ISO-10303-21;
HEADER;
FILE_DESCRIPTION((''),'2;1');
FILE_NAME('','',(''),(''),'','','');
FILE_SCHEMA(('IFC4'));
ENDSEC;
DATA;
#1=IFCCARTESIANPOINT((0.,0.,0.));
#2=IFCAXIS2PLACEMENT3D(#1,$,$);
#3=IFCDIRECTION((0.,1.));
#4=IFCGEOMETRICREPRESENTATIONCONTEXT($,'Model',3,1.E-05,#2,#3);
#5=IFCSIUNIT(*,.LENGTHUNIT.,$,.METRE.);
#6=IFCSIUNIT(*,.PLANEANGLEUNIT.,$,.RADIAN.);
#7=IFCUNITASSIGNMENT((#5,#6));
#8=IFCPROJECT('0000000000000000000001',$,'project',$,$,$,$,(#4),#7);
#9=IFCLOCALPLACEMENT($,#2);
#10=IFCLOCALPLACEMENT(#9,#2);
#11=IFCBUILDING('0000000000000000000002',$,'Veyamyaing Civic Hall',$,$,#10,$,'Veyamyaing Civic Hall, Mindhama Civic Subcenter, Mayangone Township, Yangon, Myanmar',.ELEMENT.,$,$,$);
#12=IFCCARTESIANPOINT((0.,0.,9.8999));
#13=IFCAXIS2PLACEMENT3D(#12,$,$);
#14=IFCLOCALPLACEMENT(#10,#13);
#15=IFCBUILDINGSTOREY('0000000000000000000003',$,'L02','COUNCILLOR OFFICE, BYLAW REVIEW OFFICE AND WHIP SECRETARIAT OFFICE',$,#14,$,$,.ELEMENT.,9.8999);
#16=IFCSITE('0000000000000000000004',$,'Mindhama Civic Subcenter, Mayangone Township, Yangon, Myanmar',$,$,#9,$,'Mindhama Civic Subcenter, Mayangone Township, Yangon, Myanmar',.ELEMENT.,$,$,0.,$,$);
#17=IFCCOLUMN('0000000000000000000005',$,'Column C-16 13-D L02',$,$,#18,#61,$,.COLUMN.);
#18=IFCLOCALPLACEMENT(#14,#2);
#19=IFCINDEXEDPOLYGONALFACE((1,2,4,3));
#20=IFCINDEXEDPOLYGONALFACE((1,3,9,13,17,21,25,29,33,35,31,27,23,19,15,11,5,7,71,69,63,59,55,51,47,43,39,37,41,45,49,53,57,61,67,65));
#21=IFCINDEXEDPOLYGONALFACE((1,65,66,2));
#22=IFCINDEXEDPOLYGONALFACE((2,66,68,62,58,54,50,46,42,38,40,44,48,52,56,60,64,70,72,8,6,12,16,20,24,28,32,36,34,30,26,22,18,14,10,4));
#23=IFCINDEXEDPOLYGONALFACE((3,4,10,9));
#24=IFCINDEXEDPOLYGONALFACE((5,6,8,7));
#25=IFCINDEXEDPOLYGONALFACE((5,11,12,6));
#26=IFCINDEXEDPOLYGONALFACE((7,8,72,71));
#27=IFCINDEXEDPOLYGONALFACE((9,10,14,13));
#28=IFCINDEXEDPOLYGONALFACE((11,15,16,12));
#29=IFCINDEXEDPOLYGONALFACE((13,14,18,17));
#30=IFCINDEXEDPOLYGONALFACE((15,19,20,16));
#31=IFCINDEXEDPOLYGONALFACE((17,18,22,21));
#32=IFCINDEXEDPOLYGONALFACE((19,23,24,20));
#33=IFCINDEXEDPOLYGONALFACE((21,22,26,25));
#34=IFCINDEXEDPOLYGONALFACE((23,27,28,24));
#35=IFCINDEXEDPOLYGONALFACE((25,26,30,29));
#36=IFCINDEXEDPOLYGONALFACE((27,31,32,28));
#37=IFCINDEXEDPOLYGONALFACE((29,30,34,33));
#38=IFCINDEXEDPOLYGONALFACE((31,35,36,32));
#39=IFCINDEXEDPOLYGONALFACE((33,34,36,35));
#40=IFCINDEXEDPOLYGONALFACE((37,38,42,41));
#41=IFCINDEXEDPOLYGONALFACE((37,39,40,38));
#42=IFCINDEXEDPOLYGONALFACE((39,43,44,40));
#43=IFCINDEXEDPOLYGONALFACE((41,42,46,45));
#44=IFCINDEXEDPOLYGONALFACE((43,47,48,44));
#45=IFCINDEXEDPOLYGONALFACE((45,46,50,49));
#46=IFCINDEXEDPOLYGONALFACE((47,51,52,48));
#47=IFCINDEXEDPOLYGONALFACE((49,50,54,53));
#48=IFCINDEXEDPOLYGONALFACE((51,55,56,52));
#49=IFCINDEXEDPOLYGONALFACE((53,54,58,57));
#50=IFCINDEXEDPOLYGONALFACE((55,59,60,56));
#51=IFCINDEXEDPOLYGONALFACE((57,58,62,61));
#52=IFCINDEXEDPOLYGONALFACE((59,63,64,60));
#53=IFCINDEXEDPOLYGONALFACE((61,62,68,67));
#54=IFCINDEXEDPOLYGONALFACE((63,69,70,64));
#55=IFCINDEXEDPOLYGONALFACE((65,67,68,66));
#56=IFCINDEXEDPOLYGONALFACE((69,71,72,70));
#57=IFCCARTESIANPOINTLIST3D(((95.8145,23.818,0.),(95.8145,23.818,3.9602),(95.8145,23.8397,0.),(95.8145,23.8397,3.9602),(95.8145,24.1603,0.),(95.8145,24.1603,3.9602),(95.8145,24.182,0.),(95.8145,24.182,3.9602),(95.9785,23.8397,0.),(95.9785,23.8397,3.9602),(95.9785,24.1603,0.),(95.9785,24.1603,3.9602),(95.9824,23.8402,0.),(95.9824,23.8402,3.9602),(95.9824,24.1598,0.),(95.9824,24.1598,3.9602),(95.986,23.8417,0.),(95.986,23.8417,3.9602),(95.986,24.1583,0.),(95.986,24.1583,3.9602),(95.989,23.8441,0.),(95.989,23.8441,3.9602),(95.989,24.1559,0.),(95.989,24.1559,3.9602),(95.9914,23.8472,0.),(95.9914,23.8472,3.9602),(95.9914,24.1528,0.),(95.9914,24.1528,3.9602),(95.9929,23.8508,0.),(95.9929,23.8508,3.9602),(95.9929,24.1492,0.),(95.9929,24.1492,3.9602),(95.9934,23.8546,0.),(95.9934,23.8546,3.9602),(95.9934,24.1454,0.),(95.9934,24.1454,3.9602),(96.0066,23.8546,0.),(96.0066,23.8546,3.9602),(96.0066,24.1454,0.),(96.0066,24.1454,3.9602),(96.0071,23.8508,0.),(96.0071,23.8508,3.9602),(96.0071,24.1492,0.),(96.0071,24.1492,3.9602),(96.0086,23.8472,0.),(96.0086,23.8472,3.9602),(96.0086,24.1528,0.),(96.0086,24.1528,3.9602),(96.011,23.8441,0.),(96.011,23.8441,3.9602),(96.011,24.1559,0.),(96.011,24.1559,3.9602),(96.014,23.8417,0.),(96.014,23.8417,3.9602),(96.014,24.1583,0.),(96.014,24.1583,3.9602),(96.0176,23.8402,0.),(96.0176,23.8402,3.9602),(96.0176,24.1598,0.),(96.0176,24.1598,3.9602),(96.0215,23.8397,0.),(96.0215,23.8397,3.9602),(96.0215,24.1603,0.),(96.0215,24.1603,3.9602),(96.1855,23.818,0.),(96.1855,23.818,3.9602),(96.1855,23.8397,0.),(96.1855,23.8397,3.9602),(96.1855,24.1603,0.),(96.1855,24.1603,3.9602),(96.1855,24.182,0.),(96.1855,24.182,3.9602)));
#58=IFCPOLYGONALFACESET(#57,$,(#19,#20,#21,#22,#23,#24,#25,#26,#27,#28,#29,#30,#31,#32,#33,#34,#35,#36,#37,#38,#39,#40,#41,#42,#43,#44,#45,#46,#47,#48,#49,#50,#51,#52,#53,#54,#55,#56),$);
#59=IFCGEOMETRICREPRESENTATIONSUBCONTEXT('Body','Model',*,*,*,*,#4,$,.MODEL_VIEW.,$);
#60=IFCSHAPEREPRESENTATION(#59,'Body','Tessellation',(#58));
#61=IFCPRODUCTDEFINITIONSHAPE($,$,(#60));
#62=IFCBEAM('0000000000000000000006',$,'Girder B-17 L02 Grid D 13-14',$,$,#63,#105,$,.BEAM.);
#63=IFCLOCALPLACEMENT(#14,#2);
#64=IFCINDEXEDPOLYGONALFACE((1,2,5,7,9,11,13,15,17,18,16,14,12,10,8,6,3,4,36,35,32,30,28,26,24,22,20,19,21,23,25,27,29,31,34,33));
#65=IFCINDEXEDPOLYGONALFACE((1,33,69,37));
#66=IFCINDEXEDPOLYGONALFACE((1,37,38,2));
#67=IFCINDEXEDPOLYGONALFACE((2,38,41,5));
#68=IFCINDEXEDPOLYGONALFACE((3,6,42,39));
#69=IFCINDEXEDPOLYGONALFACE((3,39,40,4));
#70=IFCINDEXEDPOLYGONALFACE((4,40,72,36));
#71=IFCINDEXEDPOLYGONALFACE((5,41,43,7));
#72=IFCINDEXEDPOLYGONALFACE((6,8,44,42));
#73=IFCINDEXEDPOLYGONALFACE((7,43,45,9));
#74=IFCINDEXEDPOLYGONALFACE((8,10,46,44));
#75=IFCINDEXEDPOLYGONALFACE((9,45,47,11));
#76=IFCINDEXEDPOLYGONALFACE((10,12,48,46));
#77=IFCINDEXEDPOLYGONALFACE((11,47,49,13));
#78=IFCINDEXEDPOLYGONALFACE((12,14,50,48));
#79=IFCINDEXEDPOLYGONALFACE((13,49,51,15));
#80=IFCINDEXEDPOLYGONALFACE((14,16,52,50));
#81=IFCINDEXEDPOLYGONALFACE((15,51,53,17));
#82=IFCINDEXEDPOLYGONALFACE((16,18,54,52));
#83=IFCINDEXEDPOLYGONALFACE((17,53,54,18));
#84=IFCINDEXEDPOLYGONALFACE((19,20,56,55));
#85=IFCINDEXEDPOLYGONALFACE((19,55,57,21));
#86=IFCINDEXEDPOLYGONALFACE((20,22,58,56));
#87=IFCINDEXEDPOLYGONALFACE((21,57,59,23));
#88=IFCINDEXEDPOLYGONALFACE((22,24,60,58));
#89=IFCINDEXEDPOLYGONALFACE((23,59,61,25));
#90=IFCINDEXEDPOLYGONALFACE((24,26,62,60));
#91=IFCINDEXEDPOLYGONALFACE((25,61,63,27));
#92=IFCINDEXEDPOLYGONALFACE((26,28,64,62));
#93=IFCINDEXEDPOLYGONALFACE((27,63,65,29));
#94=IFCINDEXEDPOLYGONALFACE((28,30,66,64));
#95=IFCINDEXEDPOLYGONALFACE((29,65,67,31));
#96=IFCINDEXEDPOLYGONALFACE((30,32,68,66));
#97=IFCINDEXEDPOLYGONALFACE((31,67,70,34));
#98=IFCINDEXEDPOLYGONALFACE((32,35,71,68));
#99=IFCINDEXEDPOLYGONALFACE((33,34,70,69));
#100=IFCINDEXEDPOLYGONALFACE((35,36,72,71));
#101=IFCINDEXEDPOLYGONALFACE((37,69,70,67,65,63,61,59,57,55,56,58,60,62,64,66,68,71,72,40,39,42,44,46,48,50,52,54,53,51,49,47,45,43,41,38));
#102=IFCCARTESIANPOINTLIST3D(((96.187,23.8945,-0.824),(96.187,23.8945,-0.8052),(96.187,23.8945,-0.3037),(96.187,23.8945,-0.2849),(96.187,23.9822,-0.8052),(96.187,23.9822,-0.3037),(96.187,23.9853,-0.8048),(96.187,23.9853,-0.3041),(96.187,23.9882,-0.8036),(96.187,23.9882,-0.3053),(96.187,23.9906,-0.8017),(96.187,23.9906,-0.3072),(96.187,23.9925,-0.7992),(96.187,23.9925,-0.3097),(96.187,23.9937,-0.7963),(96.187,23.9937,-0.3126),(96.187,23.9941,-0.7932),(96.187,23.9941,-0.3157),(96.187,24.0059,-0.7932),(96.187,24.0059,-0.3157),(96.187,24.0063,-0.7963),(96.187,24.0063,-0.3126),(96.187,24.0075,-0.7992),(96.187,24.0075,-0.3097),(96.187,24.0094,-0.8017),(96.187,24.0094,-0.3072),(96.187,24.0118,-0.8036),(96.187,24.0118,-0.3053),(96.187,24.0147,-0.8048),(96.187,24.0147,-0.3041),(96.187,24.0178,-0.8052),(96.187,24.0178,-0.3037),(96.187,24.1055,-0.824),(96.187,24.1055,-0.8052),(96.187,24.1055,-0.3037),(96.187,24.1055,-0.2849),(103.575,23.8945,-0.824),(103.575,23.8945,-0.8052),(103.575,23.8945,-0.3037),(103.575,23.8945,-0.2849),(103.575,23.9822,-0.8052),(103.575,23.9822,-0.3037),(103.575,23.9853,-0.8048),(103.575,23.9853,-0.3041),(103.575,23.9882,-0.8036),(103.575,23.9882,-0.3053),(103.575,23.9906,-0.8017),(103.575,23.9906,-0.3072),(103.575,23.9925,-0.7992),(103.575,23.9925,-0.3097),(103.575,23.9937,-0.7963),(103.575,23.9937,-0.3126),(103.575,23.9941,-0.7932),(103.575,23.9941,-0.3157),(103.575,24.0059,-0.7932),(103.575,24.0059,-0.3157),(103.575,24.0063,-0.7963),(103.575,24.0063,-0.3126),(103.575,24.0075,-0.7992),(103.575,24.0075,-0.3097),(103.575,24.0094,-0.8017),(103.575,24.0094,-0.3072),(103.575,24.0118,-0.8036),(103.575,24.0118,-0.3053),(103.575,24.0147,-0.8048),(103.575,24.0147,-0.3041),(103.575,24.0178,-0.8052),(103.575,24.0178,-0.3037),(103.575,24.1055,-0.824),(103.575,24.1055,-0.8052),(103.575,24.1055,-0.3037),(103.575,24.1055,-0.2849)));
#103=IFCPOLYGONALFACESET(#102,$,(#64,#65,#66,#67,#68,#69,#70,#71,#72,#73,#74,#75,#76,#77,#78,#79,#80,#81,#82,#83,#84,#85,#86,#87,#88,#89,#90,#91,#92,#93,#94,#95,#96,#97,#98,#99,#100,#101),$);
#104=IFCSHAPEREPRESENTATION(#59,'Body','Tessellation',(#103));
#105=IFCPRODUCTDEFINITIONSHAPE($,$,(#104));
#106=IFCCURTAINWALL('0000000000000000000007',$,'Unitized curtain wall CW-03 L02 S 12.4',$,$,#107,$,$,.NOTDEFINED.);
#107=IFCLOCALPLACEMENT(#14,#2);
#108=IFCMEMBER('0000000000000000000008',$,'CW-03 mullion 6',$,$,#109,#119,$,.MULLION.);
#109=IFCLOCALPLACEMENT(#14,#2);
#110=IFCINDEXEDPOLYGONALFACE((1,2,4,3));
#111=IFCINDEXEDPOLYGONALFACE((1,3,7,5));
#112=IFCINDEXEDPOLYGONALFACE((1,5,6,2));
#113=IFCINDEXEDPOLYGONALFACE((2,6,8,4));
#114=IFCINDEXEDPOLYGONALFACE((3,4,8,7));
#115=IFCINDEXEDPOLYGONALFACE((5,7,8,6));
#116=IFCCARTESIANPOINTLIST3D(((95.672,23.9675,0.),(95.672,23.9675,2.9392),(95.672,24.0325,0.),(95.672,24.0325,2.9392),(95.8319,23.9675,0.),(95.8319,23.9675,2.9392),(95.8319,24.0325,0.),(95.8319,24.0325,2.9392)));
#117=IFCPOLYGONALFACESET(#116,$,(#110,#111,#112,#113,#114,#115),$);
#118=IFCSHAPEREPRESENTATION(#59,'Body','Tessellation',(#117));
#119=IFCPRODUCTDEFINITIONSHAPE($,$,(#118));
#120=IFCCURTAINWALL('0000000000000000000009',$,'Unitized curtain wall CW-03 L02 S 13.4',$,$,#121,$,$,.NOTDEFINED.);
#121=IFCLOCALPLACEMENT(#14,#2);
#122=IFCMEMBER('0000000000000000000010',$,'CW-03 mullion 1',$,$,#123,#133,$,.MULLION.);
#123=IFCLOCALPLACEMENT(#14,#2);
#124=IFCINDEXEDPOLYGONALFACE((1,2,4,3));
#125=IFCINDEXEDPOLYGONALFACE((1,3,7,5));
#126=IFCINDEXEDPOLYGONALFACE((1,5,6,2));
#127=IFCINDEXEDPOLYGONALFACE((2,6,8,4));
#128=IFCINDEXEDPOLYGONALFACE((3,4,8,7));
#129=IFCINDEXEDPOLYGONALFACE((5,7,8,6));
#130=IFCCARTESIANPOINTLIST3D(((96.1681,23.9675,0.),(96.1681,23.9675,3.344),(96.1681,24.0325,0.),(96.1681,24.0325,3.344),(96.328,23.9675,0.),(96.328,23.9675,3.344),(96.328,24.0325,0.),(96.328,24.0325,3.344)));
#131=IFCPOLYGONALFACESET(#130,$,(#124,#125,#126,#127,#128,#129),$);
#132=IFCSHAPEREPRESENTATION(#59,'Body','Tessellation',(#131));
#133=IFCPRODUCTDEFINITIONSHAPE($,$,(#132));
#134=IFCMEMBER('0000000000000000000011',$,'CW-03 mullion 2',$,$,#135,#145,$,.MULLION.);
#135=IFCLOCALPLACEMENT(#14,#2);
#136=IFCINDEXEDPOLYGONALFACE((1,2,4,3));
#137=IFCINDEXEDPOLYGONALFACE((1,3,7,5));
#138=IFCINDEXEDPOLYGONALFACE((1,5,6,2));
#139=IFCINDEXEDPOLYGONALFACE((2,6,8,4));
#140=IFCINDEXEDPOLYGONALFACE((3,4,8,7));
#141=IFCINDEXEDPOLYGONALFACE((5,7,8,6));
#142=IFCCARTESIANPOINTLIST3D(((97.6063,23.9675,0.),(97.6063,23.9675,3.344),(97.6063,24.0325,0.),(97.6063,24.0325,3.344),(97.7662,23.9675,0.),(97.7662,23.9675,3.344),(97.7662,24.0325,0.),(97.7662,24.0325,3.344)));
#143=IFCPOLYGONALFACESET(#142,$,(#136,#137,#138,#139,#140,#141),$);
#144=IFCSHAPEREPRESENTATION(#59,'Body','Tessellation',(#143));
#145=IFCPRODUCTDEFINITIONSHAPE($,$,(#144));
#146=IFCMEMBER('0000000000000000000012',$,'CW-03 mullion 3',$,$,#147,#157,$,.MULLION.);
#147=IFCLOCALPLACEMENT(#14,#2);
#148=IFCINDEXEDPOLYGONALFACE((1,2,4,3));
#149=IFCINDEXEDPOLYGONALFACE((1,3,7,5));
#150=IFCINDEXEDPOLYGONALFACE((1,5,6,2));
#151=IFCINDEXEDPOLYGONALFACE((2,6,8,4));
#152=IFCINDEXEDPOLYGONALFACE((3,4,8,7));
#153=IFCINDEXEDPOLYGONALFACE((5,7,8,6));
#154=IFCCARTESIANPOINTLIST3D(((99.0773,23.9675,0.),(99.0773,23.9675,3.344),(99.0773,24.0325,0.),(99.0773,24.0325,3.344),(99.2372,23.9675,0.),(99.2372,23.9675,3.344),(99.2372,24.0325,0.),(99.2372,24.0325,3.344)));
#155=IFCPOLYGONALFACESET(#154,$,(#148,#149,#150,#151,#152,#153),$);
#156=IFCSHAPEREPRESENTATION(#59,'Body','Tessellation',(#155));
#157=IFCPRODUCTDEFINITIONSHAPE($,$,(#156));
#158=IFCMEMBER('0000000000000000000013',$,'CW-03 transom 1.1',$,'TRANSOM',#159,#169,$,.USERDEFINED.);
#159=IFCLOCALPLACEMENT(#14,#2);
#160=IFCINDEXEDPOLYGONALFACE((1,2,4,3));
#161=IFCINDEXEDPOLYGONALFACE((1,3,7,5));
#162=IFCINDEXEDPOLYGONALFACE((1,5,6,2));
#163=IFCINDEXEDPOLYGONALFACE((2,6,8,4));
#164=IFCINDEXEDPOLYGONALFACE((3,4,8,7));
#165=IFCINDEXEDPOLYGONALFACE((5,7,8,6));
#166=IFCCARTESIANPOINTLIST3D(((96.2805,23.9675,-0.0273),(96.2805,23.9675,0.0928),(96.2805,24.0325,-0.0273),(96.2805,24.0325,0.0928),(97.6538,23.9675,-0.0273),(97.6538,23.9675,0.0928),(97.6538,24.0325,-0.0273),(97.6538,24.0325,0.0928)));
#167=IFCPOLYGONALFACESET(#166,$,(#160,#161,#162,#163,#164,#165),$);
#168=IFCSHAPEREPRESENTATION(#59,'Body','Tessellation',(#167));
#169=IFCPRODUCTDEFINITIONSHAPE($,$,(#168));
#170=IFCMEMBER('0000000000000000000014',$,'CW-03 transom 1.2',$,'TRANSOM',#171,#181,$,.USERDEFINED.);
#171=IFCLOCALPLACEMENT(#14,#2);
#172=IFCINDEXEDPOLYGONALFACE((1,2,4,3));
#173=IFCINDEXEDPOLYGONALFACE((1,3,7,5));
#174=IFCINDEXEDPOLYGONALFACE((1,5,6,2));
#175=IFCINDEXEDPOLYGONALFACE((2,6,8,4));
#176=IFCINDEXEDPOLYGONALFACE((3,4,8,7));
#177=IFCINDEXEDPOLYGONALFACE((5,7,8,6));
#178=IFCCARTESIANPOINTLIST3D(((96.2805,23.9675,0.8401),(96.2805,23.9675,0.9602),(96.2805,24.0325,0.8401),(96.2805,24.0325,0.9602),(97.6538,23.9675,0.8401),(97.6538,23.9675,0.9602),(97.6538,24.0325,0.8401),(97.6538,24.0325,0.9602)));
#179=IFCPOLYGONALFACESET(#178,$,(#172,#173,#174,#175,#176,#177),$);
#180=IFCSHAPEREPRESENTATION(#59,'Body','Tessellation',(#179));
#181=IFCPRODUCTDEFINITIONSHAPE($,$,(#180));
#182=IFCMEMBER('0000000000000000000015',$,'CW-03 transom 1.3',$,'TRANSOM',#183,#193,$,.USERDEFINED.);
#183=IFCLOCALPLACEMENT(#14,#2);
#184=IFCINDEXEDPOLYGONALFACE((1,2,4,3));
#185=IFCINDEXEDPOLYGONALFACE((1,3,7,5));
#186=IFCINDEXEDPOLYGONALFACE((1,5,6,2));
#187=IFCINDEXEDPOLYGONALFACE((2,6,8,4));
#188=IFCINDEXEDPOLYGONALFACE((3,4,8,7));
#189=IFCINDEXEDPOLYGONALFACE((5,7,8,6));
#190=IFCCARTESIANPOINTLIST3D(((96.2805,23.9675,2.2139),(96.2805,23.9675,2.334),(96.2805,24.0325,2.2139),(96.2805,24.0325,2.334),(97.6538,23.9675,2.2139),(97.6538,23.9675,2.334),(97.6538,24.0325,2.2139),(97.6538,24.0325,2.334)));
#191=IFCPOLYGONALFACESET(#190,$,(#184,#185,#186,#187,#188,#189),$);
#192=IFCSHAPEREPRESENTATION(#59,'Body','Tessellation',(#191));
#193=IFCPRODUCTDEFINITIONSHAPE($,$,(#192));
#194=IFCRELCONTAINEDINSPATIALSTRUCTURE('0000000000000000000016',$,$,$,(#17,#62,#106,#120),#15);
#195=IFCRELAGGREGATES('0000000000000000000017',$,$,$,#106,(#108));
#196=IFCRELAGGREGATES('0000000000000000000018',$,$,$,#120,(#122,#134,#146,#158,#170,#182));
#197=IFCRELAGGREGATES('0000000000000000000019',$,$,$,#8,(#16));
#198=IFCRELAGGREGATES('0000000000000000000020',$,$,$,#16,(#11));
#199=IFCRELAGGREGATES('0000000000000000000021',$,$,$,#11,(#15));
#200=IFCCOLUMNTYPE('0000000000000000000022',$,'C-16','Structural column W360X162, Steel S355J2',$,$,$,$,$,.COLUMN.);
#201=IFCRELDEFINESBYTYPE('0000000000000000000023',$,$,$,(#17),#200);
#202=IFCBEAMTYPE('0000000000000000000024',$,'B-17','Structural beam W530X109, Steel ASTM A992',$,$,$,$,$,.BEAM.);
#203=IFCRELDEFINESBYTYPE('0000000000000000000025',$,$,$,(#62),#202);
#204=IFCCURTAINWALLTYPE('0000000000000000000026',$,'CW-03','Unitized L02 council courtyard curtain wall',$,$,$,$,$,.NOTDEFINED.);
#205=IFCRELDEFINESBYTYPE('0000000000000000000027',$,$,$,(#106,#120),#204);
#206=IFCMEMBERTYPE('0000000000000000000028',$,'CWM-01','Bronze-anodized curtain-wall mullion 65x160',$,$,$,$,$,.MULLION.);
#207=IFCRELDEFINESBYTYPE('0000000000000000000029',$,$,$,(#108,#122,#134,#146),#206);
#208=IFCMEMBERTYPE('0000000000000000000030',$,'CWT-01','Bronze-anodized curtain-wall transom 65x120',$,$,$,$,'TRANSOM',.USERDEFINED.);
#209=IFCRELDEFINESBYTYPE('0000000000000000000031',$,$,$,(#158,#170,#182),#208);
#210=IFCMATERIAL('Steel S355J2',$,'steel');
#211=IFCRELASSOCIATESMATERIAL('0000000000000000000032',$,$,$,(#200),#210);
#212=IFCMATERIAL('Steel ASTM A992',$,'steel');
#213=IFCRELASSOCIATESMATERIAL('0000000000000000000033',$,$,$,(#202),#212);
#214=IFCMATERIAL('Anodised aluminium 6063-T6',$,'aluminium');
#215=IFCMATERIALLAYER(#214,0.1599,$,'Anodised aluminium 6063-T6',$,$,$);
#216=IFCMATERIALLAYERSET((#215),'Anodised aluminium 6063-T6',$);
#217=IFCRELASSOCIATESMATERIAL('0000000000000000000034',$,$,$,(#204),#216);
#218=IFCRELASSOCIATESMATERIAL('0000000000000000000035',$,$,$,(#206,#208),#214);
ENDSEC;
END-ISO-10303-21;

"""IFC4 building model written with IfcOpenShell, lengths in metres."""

from ifc_helpers import new_model, si_unit, direction, frame, origin, origin_2d, place, context, subcontext, project, spatial, rectangle, i_section, extrude, material, layer, layer_set, material_profile, profile_set, type_object, element, aggregate, save


model = new_model("IFC4")

# Units and contexts
model_context = context("Model", 3, precision=1e-05, world=origin(), true_north=direction((0.0, 1.0)))
body_context = subcontext(model_context, "Body", "Model", "MODEL_VIEW")
ifc_project = project(units=[si_unit("LENGTHUNIT", "METRE"), si_unit("PLANEANGLEUNIT", "RADIAN")], contexts=[model_context])

# Site, building, storey
site_placement = place(None, origin())
site = spatial("IfcSite", under=ifc_project, at=site_placement, Name="Mindhama Civic Subcenter, Mayangone Township, Yangon, Myanmar", LongName="Mindhama Civic Subcenter, Mayangone Township, Yangon, Myanmar", CompositionType="ELEMENT", RefElevation=0.0)
building_placement = place(site_placement, origin())
building = spatial("IfcBuilding", under=site, at=building_placement, Name="Veyamyaing Civic Hall", LongName="Veyamyaing Civic Hall, Mindhama Civic Subcenter, Mayangone Township, Yangon, Myanmar", CompositionType="ELEMENT")
storey_placement = place(building_placement, frame((0.0, 0.0, 9.8999)))
storey = spatial("IfcBuildingStorey", under=building, at=storey_placement, Name="L02", Description="COUNCILLOR OFFICE, BYLAW REVIEW OFFICE AND WHIP SECRETARIAT OFFICE", CompositionType="ELEMENT", Elevation=9.8999)

# Column
ifc_material_1 = material(Name="Steel S355J2", Category="steel")
ifc_material_profile_1 = material_profile(ifc_material_1, i_section(OverallWidth=0.3711, OverallDepth=0.364, WebThickness=0.0132, FlangeThickness=0.0217, FilletRadius=0.0149, at=origin_2d()), Name="W360X162")
ifc_profile_set_1 = profile_set([ifc_material_profile_1], Name="Steel S355J2")
column_type = type_object("IfcColumnType", Name="C-16", Description="Structural column W360X162, Steel S355J2", PredefinedType="COLUMN", material=ifc_profile_set_1)
column_placement = place(storey_placement, frame((96.0, 24.0, 0.0), z_axis=(0.0, 0.0, 1.0), x_axis=(1.0, 0.0, 0.0)))
element("IfcColumn", 1, at=column_placement, inside=storey, type_object=column_type, Name="Column C-16 13-D L02", PredefinedType="COLUMN", context=body_context, shape_type="SweptSolid", body=[
    extrude(i_section(OverallWidth=0.3711, OverallDepth=0.364, WebThickness=0.0132, FlangeThickness=0.0217, FilletRadius=0.0149, at=origin_2d()), origin(), (0.0, 0.0, 1.0), 3.9602),
])

# Beam
ifc_material_2 = material(Name="Steel ASTM A992", Category="steel")
ifc_material_profile_2 = material_profile(ifc_material_2, i_section(OverallWidth=0.2109, OverallDepth=0.5391, WebThickness=0.0117, FlangeThickness=0.0188, FilletRadius=0.012, at=origin_2d()), Name="W530X109")
ifc_profile_set_2 = profile_set([ifc_material_profile_2], Name="Steel ASTM A992")
beam_type = type_object("IfcBeamType", Name="B-17", Description="Structural beam W530X109, Steel ASTM A992", PredefinedType="BEAM", material=ifc_profile_set_2)
beam_placement = place(storey_placement, frame((96.187, 24.0, -0.5544), z_axis=(1.0, 0.0, 0.0), x_axis=(0.0, 1.0, 0.0)))
element("IfcBeam", 2, at=beam_placement, inside=storey, type_object=beam_type, Name="Girder B-17 L02 Grid D 13-14", PredefinedType="BEAM", context=body_context, shape_type="SweptSolid", body=[
    extrude(i_section(OverallWidth=0.2109, OverallDepth=0.5391, WebThickness=0.0117, FlangeThickness=0.0188, FilletRadius=0.012, at=origin_2d()), origin(), (0.0, 0.0, 1.0), 7.3879),
])

# Curtain wall, member
ifc_material_3 = material(Name="Anodised aluminium 6063-T6", Category="aluminium")
ifc_layer_1 = layer(ifc_material_3, 0.1599, Name="Anodised aluminium 6063-T6")
ifc_layer_set_1 = layer_set([ifc_layer_1], Name="Anodised aluminium 6063-T6")
curtain_wall_type = type_object("IfcCurtainWallType", Name="CW-03", Description="Unitized L02 council courtyard curtain wall", PredefinedType="NOTDEFINED", material=ifc_layer_set_1)
curtain_wall_1_placement = place(storey_placement, origin())
curtain_wall_1 = element("IfcCurtainWall", 3, at=curtain_wall_1_placement, inside=storey, type_object=curtain_wall_type, Name="Unitized curtain wall CW-03 L02 S 12.4", PredefinedType="NOTDEFINED")
ifc_material_profile_3 = material_profile(ifc_material_3, rectangle(XDim=0.0649, YDim=0.1599, at=origin_2d()), Name="ALU-MUL-65X160")
ifc_profile_set_3 = profile_set([ifc_material_profile_3], Name="Anodised aluminium 6063-T6")
member_type_1 = type_object("IfcMemberType", Name="CWM-01", Description="Bronze-anodized curtain-wall mullion 65x160", PredefinedType="MULLION", material=ifc_profile_set_3)
member_1_placement = place(storey_placement, frame((95.752, 24.0, 0.0), z_axis=(0.0, 0.0, 1.0), x_axis=(0.0, 1.0, 0.0)))
member_1 = element("IfcMember", 4, at=member_1_placement, type_object=member_type_1, Name="CW-03 mullion 6", PredefinedType="MULLION", context=body_context, shape_type="SweptSolid", body=[
    extrude(rectangle(XDim=0.0649, YDim=0.1599, at=origin_2d()), origin(), (0.0, 0.0, 1.0), 2.9392),
])
aggregate(curtain_wall_1, [member_1])

# Curtain wall, members
curtain_wall_2_placement = place(storey_placement, origin())
curtain_wall_2 = element("IfcCurtainWall", 5, at=curtain_wall_2_placement, inside=storey, type_object=curtain_wall_type, Name="Unitized curtain wall CW-03 L02 S 13.4", PredefinedType="NOTDEFINED")
member_2_placement = place(storey_placement, frame((96.248, 24.0, 0.0), z_axis=(0.0, 0.0, 1.0), x_axis=(0.0, 1.0, 0.0)))
member_2 = element("IfcMember", 6, at=member_2_placement, type_object=member_type_1, Name="CW-03 mullion 1", PredefinedType="MULLION", context=body_context, shape_type="SweptSolid", body=[
    extrude(rectangle(XDim=0.0649, YDim=0.1599, at=origin_2d()), origin(), (0.0, 0.0, 1.0), 3.344),
])
member_3_placement = place(storey_placement, frame((97.6863, 24.0, 0.0), z_axis=(0.0, 0.0, 1.0), x_axis=(0.0, 1.0, 0.0)))
member_3 = element("IfcMember", 7, at=member_3_placement, type_object=member_type_1, Name="CW-03 mullion 2", PredefinedType="MULLION", context=body_context, shape_type="SweptSolid", body=[
    extrude(rectangle(XDim=0.0649, YDim=0.1599, at=origin_2d()), origin(), (0.0, 0.0, 1.0), 3.344),
])
member_4_placement = place(storey_placement, frame((99.1572, 24.0, 0.0), z_axis=(0.0, 0.0, 1.0), x_axis=(0.0, 1.0, 0.0)))
member_4 = element("IfcMember", 8, at=member_4_placement, type_object=member_type_1, Name="CW-03 mullion 3", PredefinedType="MULLION", context=body_context, shape_type="SweptSolid", body=[
    extrude(rectangle(XDim=0.0649, YDim=0.1599, at=origin_2d()), origin(), (0.0, 0.0, 1.0), 3.344),
])
ifc_material_profile_4 = material_profile(ifc_material_3, rectangle(XDim=0.0649, YDim=0.1201, at=origin_2d()), Name="ALU-TRN-65X120")
ifc_profile_set_4 = profile_set([ifc_material_profile_4], Name="Anodised aluminium 6063-T6")
member_type_2 = type_object("IfcMemberType", Name="CWT-01", Description="Bronze-anodized curtain-wall transom 65x120", ElementType="TRANSOM", PredefinedType="USERDEFINED", material=ifc_profile_set_4)
member_5_placement = place(storey_placement, frame((96.2805, 24.0, 0.0327), z_axis=(1.0, 0.0, 0.0), x_axis=(0.0, 1.0, 0.0)))
member_5 = element("IfcMember", 9, at=member_5_placement, type_object=member_type_2, Name="CW-03 transom 1.1", ObjectType="TRANSOM", PredefinedType="USERDEFINED", context=body_context, shape_type="SweptSolid", body=[
    extrude(rectangle(XDim=0.0649, YDim=0.1201, at=origin_2d()), origin(), (0.0, 0.0, 1.0), 1.3733),
])
member_6_placement = place(storey_placement, frame((96.2805, 24.0, 0.9001), z_axis=(1.0, 0.0, 0.0), x_axis=(0.0, 1.0, 0.0)))
member_6 = element("IfcMember", 10, at=member_6_placement, type_object=member_type_2, Name="CW-03 transom 1.2", ObjectType="TRANSOM", PredefinedType="USERDEFINED", context=body_context, shape_type="SweptSolid", body=[
    extrude(rectangle(XDim=0.0649, YDim=0.1201, at=origin_2d()), origin(), (0.0, 0.0, 1.0), 1.3733),
])
member_7_placement = place(storey_placement, frame((96.2805, 24.0, 2.2739), z_axis=(1.0, 0.0, 0.0), x_axis=(0.0, 1.0, 0.0)))
member_7 = element("IfcMember", 11, at=member_7_placement, type_object=member_type_2, Name="CW-03 transom 1.3", ObjectType="TRANSOM", PredefinedType="USERDEFINED", context=body_context, shape_type="SweptSolid", body=[
    extrude(rectangle(XDim=0.0649, YDim=0.1201, at=origin_2d()), origin(), (0.0, 0.0, 1.0), 1.3733),
])
aggregate(curtain_wall_2, [member_2, member_3, member_4, member_5, member_6, member_7])

save(model, "model.ifc")
